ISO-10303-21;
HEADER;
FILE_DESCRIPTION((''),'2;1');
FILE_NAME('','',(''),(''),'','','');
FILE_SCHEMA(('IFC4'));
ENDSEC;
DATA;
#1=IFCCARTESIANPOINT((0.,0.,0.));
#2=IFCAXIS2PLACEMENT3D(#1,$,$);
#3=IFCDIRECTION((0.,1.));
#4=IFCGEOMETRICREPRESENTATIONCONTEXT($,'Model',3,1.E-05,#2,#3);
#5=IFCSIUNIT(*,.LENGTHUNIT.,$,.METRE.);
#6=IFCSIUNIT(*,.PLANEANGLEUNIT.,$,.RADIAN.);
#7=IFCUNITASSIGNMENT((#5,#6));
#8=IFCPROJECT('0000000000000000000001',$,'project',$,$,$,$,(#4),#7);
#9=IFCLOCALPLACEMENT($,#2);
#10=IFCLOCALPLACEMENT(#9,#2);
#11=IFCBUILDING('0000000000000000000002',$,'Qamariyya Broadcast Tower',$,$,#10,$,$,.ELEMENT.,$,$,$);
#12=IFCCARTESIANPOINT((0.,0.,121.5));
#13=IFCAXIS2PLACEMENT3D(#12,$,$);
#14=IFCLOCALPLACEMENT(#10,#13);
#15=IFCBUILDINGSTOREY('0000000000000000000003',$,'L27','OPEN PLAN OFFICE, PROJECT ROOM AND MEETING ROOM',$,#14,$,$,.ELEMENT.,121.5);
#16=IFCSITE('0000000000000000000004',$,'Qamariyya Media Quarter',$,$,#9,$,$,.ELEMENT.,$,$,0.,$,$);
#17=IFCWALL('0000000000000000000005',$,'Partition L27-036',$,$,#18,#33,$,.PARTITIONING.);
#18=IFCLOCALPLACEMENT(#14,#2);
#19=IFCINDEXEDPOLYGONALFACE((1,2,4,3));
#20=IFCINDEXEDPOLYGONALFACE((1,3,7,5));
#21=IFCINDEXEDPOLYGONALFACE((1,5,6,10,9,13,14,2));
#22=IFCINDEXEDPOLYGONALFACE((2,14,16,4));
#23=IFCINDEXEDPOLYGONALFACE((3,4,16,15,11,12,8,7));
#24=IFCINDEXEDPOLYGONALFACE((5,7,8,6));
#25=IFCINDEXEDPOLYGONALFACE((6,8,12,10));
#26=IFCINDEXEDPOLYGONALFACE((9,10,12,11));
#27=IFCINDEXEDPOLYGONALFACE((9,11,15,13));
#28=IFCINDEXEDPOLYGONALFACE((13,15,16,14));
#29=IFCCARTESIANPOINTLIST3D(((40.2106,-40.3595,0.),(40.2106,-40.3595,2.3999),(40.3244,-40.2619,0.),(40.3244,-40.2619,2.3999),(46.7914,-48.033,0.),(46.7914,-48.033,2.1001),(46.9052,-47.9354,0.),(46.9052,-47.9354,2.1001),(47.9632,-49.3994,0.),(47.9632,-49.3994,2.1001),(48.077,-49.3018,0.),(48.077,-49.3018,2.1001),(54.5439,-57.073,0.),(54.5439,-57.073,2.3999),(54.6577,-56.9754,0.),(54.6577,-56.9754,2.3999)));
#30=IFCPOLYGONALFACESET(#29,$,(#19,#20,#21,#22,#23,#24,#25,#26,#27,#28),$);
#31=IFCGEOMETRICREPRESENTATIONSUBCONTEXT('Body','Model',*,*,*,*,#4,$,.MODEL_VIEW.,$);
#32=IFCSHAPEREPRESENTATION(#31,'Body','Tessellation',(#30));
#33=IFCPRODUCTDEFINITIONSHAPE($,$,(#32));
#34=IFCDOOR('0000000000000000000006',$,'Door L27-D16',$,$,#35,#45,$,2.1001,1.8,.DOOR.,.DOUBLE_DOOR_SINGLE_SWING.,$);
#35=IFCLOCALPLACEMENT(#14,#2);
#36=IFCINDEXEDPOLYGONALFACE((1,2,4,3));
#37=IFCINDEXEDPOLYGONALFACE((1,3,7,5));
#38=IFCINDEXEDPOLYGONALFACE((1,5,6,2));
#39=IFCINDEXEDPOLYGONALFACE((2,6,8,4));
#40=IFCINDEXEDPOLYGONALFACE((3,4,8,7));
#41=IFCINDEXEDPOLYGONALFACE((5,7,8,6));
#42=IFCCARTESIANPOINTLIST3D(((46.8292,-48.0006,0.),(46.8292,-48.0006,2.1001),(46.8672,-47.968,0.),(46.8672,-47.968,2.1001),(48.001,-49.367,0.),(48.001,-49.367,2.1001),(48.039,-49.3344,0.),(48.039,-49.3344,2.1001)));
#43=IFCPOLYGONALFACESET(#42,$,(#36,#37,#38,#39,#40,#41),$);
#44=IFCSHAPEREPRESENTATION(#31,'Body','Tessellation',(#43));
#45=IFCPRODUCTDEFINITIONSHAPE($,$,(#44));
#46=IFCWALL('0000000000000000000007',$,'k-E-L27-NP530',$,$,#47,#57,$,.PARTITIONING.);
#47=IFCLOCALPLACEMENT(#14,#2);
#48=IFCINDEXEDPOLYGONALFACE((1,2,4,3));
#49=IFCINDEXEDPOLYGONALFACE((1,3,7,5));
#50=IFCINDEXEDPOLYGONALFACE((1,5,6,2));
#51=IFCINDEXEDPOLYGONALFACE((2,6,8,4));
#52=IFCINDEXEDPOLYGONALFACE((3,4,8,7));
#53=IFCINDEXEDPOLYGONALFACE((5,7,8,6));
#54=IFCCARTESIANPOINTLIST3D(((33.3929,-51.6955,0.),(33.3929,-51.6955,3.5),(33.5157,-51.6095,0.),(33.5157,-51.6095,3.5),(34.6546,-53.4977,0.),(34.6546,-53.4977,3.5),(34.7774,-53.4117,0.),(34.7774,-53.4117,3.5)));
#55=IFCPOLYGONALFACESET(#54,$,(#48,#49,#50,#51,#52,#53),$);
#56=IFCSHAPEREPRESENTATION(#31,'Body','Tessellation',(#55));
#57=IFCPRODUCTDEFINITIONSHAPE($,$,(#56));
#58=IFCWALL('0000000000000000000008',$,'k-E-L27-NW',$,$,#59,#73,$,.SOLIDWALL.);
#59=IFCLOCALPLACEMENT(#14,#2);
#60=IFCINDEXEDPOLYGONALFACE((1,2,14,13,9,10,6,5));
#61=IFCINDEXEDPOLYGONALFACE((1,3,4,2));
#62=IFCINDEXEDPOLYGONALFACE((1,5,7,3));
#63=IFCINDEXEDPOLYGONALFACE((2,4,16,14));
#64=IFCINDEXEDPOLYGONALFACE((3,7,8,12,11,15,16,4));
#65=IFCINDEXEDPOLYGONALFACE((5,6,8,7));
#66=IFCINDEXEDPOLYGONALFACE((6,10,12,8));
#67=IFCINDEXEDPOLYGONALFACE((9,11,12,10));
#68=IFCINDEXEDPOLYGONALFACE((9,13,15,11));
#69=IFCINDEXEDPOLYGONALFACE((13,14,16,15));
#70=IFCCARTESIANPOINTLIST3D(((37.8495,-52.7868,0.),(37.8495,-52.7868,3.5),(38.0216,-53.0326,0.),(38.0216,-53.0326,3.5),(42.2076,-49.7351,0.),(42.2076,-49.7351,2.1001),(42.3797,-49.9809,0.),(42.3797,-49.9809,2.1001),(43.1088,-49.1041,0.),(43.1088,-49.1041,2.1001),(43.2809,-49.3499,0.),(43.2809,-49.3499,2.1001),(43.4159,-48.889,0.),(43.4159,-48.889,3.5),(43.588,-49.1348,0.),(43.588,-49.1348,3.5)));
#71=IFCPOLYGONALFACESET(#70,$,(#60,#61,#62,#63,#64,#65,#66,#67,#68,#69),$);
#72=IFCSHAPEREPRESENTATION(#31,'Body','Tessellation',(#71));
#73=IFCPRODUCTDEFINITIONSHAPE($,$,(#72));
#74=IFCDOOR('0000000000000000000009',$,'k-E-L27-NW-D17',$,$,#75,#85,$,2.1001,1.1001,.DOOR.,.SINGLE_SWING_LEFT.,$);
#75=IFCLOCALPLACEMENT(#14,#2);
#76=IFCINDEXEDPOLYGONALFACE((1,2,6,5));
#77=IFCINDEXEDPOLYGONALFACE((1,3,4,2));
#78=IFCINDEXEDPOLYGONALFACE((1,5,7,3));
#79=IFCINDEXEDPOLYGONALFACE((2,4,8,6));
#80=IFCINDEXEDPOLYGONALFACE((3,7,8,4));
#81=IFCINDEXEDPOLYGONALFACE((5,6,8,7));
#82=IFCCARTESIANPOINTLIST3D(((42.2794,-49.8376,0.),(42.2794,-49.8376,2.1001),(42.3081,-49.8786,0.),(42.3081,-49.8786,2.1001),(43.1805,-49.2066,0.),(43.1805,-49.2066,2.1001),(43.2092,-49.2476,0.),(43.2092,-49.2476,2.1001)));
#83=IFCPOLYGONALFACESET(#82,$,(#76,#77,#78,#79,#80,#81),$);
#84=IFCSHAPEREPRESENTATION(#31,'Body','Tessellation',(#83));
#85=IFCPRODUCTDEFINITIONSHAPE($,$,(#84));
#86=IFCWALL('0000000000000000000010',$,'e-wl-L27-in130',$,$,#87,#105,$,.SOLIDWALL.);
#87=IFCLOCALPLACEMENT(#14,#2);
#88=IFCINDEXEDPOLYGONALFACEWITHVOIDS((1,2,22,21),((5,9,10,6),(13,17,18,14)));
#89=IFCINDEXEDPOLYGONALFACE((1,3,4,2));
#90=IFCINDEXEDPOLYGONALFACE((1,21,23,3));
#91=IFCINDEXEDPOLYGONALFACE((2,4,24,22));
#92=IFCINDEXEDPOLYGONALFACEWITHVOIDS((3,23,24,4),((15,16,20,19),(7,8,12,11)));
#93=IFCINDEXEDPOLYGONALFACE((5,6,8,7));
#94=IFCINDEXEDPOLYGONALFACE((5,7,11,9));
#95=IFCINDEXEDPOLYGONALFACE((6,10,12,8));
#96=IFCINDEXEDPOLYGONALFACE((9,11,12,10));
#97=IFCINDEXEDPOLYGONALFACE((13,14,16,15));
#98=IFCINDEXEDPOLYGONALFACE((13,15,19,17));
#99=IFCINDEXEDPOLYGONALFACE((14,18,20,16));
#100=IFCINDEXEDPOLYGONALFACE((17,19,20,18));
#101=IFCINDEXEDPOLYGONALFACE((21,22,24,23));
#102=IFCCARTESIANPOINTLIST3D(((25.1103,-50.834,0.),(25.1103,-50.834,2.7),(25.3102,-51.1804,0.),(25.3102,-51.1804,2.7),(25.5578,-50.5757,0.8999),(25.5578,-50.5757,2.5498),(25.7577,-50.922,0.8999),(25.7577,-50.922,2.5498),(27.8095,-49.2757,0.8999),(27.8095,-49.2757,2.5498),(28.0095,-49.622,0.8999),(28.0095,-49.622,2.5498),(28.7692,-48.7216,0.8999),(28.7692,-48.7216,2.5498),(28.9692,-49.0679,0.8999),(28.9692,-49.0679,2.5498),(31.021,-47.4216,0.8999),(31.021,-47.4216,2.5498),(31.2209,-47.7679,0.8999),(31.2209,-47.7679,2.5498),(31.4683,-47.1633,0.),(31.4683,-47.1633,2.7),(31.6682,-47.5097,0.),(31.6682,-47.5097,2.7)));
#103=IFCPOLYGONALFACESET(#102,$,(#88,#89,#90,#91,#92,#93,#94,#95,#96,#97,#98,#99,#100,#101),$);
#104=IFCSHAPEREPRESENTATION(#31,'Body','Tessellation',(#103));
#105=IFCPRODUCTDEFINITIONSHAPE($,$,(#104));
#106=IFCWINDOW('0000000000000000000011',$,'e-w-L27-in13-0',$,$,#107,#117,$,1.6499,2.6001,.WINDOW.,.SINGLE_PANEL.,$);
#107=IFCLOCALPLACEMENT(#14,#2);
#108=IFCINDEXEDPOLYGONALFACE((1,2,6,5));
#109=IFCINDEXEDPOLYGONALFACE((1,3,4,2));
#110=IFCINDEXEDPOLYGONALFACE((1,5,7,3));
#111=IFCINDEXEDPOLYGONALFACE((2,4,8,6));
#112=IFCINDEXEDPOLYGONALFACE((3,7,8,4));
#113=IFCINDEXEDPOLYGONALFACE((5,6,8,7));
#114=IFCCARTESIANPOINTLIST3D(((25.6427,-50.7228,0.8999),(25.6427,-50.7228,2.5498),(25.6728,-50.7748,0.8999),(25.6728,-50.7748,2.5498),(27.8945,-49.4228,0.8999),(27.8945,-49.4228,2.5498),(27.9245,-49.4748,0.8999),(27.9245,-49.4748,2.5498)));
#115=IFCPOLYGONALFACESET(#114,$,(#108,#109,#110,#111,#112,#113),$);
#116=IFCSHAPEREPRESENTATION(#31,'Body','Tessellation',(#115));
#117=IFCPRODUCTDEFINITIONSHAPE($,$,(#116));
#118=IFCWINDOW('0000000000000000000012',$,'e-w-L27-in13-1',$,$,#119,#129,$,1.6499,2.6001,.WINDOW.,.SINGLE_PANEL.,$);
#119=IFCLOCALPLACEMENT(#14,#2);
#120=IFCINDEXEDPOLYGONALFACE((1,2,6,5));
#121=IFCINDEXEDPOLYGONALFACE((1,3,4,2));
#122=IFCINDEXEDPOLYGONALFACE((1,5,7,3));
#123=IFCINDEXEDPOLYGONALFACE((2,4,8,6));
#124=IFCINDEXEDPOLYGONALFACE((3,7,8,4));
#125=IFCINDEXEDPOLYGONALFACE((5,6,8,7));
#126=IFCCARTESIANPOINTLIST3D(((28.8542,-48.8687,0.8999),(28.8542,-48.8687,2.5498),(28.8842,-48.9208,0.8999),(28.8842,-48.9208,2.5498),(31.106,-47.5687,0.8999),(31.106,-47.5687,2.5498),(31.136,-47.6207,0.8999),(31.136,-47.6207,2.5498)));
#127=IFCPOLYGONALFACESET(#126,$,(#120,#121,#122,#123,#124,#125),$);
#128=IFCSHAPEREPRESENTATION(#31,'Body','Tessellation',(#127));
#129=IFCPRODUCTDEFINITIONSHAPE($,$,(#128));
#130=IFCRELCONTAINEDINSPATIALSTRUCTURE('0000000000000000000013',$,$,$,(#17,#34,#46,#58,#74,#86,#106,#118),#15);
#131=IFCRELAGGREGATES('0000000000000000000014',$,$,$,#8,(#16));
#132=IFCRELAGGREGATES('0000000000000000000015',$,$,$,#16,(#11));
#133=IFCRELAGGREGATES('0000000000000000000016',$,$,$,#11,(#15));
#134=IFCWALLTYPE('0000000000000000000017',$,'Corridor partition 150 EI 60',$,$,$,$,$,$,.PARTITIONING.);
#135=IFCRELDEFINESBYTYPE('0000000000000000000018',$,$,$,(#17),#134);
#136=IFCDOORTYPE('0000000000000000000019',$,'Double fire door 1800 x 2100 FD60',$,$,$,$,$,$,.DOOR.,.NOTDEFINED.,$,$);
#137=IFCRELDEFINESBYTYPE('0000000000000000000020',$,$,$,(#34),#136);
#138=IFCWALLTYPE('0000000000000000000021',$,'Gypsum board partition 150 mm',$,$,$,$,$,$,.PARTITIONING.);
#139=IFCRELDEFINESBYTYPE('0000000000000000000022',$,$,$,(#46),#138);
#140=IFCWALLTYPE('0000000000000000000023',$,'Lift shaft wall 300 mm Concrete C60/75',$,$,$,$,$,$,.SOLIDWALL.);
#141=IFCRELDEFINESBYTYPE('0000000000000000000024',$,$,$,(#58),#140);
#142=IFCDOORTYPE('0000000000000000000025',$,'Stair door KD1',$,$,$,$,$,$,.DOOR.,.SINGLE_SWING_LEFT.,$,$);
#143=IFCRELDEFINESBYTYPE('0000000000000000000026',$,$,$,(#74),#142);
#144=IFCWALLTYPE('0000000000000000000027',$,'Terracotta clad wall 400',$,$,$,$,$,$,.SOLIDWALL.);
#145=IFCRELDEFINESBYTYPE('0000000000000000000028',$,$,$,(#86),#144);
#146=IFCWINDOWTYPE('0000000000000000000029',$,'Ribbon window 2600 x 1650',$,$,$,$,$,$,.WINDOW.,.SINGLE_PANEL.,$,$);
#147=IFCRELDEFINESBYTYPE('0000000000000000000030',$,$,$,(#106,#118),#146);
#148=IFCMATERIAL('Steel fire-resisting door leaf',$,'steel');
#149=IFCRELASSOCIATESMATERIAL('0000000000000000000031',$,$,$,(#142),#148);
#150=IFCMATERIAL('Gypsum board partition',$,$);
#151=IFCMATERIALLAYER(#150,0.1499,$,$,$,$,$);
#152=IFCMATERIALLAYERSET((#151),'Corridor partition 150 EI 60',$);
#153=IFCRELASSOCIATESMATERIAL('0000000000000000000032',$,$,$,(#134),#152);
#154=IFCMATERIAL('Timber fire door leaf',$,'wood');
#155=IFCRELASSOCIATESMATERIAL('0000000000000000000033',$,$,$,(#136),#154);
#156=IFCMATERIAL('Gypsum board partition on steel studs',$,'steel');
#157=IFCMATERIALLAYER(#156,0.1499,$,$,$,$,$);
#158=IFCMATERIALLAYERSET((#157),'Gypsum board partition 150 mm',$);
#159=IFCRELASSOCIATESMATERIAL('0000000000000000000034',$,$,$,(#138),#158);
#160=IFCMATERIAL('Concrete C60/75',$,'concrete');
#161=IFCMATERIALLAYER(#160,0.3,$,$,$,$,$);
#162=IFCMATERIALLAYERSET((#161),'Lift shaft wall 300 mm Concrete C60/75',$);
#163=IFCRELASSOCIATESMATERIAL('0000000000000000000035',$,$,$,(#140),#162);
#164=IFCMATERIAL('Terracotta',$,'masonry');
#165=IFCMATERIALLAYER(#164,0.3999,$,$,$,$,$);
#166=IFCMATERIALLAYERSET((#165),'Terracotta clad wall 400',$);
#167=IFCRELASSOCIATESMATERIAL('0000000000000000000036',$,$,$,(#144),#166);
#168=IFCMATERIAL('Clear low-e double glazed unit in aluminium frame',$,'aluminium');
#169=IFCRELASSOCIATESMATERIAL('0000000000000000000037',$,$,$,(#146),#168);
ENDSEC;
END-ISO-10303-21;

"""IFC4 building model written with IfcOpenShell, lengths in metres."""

from ifc_helpers import new_model, si_unit, direction, frame, frame_2d, origin, place, context, subcontext, project, spatial, rectangle, extrude, material, layer, layer_set, type_object, element, fill, save


model = new_model("IFC4")

# Units and contexts
model_context = context("Model", 3, precision=1e-05, world=origin(), true_north=direction((0.0, 1.0)))
body_context = subcontext(model_context, "Body", "Model", "MODEL_VIEW")
ifc_project = project(units=[si_unit("LENGTHUNIT", "METRE"), si_unit("PLANEANGLEUNIT", "RADIAN")], contexts=[model_context])

# Site, building, storey
site_placement = place(None, origin())
site = spatial("IfcSite", under=ifc_project, at=site_placement, Name="Qamariyya Media Quarter", CompositionType="ELEMENT", RefElevation=0.0)
building_placement = place(site_placement, origin())
building = spatial("IfcBuilding", under=site, at=building_placement, Name="Qamariyya Broadcast Tower", CompositionType="ELEMENT")
storey_placement = place(building_placement, frame((0.0, 0.0, 121.5)))
storey = spatial("IfcBuildingStorey", under=building, at=storey_placement, Name="L27", Description="OPEN PLAN OFFICE, PROJECT ROOM AND MEETING ROOM", CompositionType="ELEMENT", Elevation=121.5)

# Shared definitions
ifc_material_1 = material(Name="Steel fire-resisting door leaf", Category="steel")
door_type_1 = type_object("IfcDoorType", Name="Stair door KD1", OperationType="SINGLE_SWING_LEFT", PredefinedType="DOOR", material=ifc_material_1)

# Wall, opening, door
ifc_material_2 = material(Name="Gypsum board partition")
ifc_layer_1 = layer(ifc_material_2, 0.1499)
ifc_layer_set_1 = layer_set([ifc_layer_1], Name="Corridor partition 150 EI 60")
wall_type_1 = type_object("IfcWallType", Name="Corridor partition 150 EI 60", PredefinedType="PARTITIONING", material=ifc_layer_set_1)
wall_1_placement = place(storey_placement, frame((40.2676, -40.3108, 0.0), z_axis=(0.0, 0.0, 1.0), x_axis=(0.650988, -0.759088, 0.0)))
wall_1 = element("IfcWall", 1, at=wall_1_placement, inside=storey, type_object=wall_type_1, Name="Partition L27-036", PredefinedType="PARTITIONING", context=body_context, shape_type="SweptSolid", body=[
    extrude(rectangle(XDim=22.0178, YDim=0.1499, at=frame_2d((11.0088, 0.0))), origin(), (0.0, 0.0, 1.0), 2.3999),
])
opening_1_placement = place(wall_1_placement, frame((10.1089, 0.0, 0.0)))
opening_1 = element("IfcOpeningElement", 2, at=opening_1_placement, cuts=wall_1, PredefinedType="OPENING", context=body_context, shape_type="SweptSolid", body=[
    extrude(rectangle(XDim=1.8, YDim=2.1001, at=frame_2d((0.8999, 1.05))), frame((0.0, 0.085, 0.0), z_axis=(0.0, -1.0, 0.0), x_axis=(1.0, 0.0, 0.0)), (0.0, 0.0, 1.0), 0.1699),
])
ifc_material_3 = material(Name="Timber fire door leaf", Category="wood")
door_type_2 = type_object("IfcDoorType", Name="Double fire door 1800 x 2100 FD60", OperationType="NOTDEFINED", PredefinedType="DOOR", material=ifc_material_3)
door_1_placement = place(opening_1_placement, origin())
door_1 = element("IfcDoor", 3, at=door_1_placement, inside=storey, type_object=door_type_2, Name="Door L27-D16", OperationType="DOUBLE_DOOR_SINGLE_SWING", OverallHeight=2.1001, OverallWidth=1.8, PredefinedType="DOOR", context=body_context, shape_type="SweptSolid", body=[
    extrude(rectangle(XDim=1.8, YDim=2.1001, at=frame_2d((0.8999, 1.05))), frame((0.0, 0.0249, 0.0), z_axis=(0.0, -1.0, 0.0), x_axis=(1.0, 0.0, 0.0)), (0.0, 0.0, 1.0), 0.05),
])
fill(opening_1, door_1)

# Wall
ifc_material_4 = material(Name="Gypsum board partition on steel studs", Category="steel")
ifc_layer_2 = layer(ifc_material_4, 0.1499)
ifc_layer_set_2 = layer_set([ifc_layer_2], Name="Gypsum board partition 150 mm")
wall_type_2 = type_object("IfcWallType", Name="Gypsum board partition 150 mm", PredefinedType="PARTITIONING", material=ifc_layer_set_2)
wall_2_placement = place(storey_placement, frame((34.7161, -53.4548, 0.0), z_axis=(0.0, 0.0, 1.0), x_axis=(-0.573507, 0.819201, 0.0)))
element("IfcWall", 4, at=wall_2_placement, inside=storey, type_object=wall_type_2, Name="k-E-L27-NP530", PredefinedType="PARTITIONING", context=body_context, shape_type="SweptSolid", body=[
    extrude(rectangle(XDim=2.2, YDim=0.1499, at=frame_2d((1.1001, 0.0))), origin(), (0.0, 0.0, 1.0), 3.5),
])

# Wall, opening, door
ifc_material_5 = material(Name="Concrete C60/75", Category="concrete")
ifc_layer_3 = layer(ifc_material_5, 0.3)
ifc_layer_set_3 = layer_set([ifc_layer_3], Name="Lift shaft wall 300 mm Concrete C60/75")
wall_type_3 = type_object("IfcWallType", Name="Lift shaft wall 300 mm Concrete C60/75", PredefinedType="SOLIDWALL", material=ifc_layer_set_3)
wall_3_placement = place(storey_placement, frame((37.9355, -52.9097, 0.0), z_axis=(0.0, 0.0, 1.0), x_axis=(0.819148, 0.573583, 0.0)))
wall_3 = element("IfcWall", 5, at=wall_3_placement, inside=storey, type_object=wall_type_3, Name="k-E-L27-NW", PredefinedType="SOLIDWALL", context=body_context, shape_type="SweptSolid", body=[
    extrude(rectangle(XDim=6.7954, YDim=0.3, at=frame_2d((3.3977, 0.0))), origin(), (0.0, 0.0, 1.0), 3.5),
])
opening_2_placement = place(wall_3_placement, frame((5.3203, 0.0, 0.0)))
opening_2 = element("IfcOpeningElement", 6, at=opening_2_placement, cuts=wall_3, PredefinedType="OPENING", context=body_context, shape_type="SweptSolid", body=[
    extrude(rectangle(XDim=1.1001, YDim=2.1001, at=frame_2d((0.55, 1.05))), frame((0.0, 0.1599, 0.0), z_axis=(0.0, -1.0, 0.0), x_axis=(1.0, 0.0, 0.0)), (0.0, 0.0, 1.0), 0.3201),
])
door_2_placement = place(opening_2_placement, origin())
door_2 = element("IfcDoor", 7, at=door_2_placement, inside=storey, type_object=door_type_1, Name="k-E-L27-NW-D17", OperationType="SINGLE_SWING_LEFT", OverallHeight=2.1001, OverallWidth=1.1001, PredefinedType="DOOR", context=body_context, shape_type="SweptSolid", body=[
    extrude(rectangle(XDim=1.1001, YDim=2.1001, at=frame_2d((0.55, 1.05))), frame((0.0, 0.0249, 0.0), z_axis=(0.0, -1.0, 0.0), x_axis=(1.0, 0.0, 0.0)), (0.0, 0.0, 1.0), 0.05),
])
fill(opening_2, door_2)

# Wall, openings, windows
ifc_material_6 = material(Name="Terracotta", Category="masonry")
ifc_layer_4 = layer(ifc_material_6, 0.3999)
ifc_layer_set_4 = layer_set([ifc_layer_4], Name="Terracotta clad wall 400")
wall_type_4 = type_object("IfcWallType", Name="Terracotta clad wall 400", PredefinedType="SOLIDWALL", material=ifc_layer_set_4)
wall_4_placement = place(storey_placement, frame((31.5684, -47.3364, 0.0), z_axis=(0.0, 0.0, 1.0), x_axis=(-0.866031, -0.499991, 0.0)))
wall_4 = element("IfcWall", 8, at=wall_4_placement, inside=storey, type_object=wall_type_4, Name="e-wl-L27-in130", PredefinedType="SOLIDWALL", context=body_context, shape_type="SweptSolid", body=[
    extrude(rectangle(XDim=7.3416, YDim=0.3999, at=frame_2d((3.6709, 0.0))), origin(), (0.0, 0.0, 1.0), 2.7),
])
opening_3_placement = place(wall_4_placement, frame((4.2249, 0.0, 0.8999)))
opening_3 = element("IfcOpeningElement", 9, at=opening_3_placement, cuts=wall_4, PredefinedType="OPENING", context=body_context, shape_type="SweptSolid", body=[
    extrude(rectangle(XDim=2.6001, YDim=1.6499, at=frame_2d((1.3, 0.825))), frame((0.0, 0.21, 0.0), z_axis=(0.0, -1.0, 0.0), x_axis=(1.0, 0.0, 0.0)), (0.0, 0.0, 1.0), 0.4199),
])
opening_4_placement = place(wall_4_placement, frame((0.5166, 0.0, 0.8999)))
opening_4 = element("IfcOpeningElement", 10, at=opening_4_placement, cuts=wall_4, PredefinedType="OPENING", context=body_context, shape_type="SweptSolid", body=[
    extrude(rectangle(XDim=2.6001, YDim=1.6499, at=frame_2d((1.3, 0.825))), frame((0.0, 0.21, 0.0), z_axis=(0.0, -1.0, 0.0), x_axis=(1.0, 0.0, 0.0)), (0.0, 0.0, 1.0), 0.4199),
])
ifc_material_7 = material(Name="Clear low-e double glazed unit in aluminium frame", Category="aluminium")
window_type = type_object("IfcWindowType", Name="Ribbon window 2600 x 1650", PartitioningType="SINGLE_PANEL", PredefinedType="WINDOW", material=ifc_material_7)
window_1_placement = place(opening_3_placement, origin())
window_1 = element("IfcWindow", 11, at=window_1_placement, inside=storey, type_object=window_type, Name="e-w-L27-in13-0", OverallHeight=1.6499, OverallWidth=2.6001, PartitioningType="SINGLE_PANEL", PredefinedType="WINDOW", context=body_context, shape_type="SweptSolid", body=[
    extrude(rectangle(XDim=2.6001, YDim=1.6499, at=frame_2d((1.3, 0.825))), frame((0.0, 0.03, 0.0), z_axis=(0.0, -1.0, 0.0), x_axis=(1.0, 0.0, 0.0)), (0.0, 0.0, 1.0), 0.0601),
])
fill(opening_3, window_1)
window_2_placement = place(opening_4_placement, origin())
window_2 = element("IfcWindow", 12, at=window_2_placement, inside=storey, type_object=window_type, Name="e-w-L27-in13-1", OverallHeight=1.6499, OverallWidth=2.6001, PartitioningType="SINGLE_PANEL", PredefinedType="WINDOW", context=body_context, shape_type="SweptSolid", body=[
    extrude(rectangle(XDim=2.6001, YDim=1.6499, at=frame_2d((1.3, 0.825))), frame((0.0, 0.03, 0.0), z_axis=(0.0, -1.0, 0.0), x_axis=(1.0, 0.0, 0.0)), (0.0, 0.0, 1.0), 0.0601),
])
fill(opening_4, window_2)

save(model, "model.ifc")
